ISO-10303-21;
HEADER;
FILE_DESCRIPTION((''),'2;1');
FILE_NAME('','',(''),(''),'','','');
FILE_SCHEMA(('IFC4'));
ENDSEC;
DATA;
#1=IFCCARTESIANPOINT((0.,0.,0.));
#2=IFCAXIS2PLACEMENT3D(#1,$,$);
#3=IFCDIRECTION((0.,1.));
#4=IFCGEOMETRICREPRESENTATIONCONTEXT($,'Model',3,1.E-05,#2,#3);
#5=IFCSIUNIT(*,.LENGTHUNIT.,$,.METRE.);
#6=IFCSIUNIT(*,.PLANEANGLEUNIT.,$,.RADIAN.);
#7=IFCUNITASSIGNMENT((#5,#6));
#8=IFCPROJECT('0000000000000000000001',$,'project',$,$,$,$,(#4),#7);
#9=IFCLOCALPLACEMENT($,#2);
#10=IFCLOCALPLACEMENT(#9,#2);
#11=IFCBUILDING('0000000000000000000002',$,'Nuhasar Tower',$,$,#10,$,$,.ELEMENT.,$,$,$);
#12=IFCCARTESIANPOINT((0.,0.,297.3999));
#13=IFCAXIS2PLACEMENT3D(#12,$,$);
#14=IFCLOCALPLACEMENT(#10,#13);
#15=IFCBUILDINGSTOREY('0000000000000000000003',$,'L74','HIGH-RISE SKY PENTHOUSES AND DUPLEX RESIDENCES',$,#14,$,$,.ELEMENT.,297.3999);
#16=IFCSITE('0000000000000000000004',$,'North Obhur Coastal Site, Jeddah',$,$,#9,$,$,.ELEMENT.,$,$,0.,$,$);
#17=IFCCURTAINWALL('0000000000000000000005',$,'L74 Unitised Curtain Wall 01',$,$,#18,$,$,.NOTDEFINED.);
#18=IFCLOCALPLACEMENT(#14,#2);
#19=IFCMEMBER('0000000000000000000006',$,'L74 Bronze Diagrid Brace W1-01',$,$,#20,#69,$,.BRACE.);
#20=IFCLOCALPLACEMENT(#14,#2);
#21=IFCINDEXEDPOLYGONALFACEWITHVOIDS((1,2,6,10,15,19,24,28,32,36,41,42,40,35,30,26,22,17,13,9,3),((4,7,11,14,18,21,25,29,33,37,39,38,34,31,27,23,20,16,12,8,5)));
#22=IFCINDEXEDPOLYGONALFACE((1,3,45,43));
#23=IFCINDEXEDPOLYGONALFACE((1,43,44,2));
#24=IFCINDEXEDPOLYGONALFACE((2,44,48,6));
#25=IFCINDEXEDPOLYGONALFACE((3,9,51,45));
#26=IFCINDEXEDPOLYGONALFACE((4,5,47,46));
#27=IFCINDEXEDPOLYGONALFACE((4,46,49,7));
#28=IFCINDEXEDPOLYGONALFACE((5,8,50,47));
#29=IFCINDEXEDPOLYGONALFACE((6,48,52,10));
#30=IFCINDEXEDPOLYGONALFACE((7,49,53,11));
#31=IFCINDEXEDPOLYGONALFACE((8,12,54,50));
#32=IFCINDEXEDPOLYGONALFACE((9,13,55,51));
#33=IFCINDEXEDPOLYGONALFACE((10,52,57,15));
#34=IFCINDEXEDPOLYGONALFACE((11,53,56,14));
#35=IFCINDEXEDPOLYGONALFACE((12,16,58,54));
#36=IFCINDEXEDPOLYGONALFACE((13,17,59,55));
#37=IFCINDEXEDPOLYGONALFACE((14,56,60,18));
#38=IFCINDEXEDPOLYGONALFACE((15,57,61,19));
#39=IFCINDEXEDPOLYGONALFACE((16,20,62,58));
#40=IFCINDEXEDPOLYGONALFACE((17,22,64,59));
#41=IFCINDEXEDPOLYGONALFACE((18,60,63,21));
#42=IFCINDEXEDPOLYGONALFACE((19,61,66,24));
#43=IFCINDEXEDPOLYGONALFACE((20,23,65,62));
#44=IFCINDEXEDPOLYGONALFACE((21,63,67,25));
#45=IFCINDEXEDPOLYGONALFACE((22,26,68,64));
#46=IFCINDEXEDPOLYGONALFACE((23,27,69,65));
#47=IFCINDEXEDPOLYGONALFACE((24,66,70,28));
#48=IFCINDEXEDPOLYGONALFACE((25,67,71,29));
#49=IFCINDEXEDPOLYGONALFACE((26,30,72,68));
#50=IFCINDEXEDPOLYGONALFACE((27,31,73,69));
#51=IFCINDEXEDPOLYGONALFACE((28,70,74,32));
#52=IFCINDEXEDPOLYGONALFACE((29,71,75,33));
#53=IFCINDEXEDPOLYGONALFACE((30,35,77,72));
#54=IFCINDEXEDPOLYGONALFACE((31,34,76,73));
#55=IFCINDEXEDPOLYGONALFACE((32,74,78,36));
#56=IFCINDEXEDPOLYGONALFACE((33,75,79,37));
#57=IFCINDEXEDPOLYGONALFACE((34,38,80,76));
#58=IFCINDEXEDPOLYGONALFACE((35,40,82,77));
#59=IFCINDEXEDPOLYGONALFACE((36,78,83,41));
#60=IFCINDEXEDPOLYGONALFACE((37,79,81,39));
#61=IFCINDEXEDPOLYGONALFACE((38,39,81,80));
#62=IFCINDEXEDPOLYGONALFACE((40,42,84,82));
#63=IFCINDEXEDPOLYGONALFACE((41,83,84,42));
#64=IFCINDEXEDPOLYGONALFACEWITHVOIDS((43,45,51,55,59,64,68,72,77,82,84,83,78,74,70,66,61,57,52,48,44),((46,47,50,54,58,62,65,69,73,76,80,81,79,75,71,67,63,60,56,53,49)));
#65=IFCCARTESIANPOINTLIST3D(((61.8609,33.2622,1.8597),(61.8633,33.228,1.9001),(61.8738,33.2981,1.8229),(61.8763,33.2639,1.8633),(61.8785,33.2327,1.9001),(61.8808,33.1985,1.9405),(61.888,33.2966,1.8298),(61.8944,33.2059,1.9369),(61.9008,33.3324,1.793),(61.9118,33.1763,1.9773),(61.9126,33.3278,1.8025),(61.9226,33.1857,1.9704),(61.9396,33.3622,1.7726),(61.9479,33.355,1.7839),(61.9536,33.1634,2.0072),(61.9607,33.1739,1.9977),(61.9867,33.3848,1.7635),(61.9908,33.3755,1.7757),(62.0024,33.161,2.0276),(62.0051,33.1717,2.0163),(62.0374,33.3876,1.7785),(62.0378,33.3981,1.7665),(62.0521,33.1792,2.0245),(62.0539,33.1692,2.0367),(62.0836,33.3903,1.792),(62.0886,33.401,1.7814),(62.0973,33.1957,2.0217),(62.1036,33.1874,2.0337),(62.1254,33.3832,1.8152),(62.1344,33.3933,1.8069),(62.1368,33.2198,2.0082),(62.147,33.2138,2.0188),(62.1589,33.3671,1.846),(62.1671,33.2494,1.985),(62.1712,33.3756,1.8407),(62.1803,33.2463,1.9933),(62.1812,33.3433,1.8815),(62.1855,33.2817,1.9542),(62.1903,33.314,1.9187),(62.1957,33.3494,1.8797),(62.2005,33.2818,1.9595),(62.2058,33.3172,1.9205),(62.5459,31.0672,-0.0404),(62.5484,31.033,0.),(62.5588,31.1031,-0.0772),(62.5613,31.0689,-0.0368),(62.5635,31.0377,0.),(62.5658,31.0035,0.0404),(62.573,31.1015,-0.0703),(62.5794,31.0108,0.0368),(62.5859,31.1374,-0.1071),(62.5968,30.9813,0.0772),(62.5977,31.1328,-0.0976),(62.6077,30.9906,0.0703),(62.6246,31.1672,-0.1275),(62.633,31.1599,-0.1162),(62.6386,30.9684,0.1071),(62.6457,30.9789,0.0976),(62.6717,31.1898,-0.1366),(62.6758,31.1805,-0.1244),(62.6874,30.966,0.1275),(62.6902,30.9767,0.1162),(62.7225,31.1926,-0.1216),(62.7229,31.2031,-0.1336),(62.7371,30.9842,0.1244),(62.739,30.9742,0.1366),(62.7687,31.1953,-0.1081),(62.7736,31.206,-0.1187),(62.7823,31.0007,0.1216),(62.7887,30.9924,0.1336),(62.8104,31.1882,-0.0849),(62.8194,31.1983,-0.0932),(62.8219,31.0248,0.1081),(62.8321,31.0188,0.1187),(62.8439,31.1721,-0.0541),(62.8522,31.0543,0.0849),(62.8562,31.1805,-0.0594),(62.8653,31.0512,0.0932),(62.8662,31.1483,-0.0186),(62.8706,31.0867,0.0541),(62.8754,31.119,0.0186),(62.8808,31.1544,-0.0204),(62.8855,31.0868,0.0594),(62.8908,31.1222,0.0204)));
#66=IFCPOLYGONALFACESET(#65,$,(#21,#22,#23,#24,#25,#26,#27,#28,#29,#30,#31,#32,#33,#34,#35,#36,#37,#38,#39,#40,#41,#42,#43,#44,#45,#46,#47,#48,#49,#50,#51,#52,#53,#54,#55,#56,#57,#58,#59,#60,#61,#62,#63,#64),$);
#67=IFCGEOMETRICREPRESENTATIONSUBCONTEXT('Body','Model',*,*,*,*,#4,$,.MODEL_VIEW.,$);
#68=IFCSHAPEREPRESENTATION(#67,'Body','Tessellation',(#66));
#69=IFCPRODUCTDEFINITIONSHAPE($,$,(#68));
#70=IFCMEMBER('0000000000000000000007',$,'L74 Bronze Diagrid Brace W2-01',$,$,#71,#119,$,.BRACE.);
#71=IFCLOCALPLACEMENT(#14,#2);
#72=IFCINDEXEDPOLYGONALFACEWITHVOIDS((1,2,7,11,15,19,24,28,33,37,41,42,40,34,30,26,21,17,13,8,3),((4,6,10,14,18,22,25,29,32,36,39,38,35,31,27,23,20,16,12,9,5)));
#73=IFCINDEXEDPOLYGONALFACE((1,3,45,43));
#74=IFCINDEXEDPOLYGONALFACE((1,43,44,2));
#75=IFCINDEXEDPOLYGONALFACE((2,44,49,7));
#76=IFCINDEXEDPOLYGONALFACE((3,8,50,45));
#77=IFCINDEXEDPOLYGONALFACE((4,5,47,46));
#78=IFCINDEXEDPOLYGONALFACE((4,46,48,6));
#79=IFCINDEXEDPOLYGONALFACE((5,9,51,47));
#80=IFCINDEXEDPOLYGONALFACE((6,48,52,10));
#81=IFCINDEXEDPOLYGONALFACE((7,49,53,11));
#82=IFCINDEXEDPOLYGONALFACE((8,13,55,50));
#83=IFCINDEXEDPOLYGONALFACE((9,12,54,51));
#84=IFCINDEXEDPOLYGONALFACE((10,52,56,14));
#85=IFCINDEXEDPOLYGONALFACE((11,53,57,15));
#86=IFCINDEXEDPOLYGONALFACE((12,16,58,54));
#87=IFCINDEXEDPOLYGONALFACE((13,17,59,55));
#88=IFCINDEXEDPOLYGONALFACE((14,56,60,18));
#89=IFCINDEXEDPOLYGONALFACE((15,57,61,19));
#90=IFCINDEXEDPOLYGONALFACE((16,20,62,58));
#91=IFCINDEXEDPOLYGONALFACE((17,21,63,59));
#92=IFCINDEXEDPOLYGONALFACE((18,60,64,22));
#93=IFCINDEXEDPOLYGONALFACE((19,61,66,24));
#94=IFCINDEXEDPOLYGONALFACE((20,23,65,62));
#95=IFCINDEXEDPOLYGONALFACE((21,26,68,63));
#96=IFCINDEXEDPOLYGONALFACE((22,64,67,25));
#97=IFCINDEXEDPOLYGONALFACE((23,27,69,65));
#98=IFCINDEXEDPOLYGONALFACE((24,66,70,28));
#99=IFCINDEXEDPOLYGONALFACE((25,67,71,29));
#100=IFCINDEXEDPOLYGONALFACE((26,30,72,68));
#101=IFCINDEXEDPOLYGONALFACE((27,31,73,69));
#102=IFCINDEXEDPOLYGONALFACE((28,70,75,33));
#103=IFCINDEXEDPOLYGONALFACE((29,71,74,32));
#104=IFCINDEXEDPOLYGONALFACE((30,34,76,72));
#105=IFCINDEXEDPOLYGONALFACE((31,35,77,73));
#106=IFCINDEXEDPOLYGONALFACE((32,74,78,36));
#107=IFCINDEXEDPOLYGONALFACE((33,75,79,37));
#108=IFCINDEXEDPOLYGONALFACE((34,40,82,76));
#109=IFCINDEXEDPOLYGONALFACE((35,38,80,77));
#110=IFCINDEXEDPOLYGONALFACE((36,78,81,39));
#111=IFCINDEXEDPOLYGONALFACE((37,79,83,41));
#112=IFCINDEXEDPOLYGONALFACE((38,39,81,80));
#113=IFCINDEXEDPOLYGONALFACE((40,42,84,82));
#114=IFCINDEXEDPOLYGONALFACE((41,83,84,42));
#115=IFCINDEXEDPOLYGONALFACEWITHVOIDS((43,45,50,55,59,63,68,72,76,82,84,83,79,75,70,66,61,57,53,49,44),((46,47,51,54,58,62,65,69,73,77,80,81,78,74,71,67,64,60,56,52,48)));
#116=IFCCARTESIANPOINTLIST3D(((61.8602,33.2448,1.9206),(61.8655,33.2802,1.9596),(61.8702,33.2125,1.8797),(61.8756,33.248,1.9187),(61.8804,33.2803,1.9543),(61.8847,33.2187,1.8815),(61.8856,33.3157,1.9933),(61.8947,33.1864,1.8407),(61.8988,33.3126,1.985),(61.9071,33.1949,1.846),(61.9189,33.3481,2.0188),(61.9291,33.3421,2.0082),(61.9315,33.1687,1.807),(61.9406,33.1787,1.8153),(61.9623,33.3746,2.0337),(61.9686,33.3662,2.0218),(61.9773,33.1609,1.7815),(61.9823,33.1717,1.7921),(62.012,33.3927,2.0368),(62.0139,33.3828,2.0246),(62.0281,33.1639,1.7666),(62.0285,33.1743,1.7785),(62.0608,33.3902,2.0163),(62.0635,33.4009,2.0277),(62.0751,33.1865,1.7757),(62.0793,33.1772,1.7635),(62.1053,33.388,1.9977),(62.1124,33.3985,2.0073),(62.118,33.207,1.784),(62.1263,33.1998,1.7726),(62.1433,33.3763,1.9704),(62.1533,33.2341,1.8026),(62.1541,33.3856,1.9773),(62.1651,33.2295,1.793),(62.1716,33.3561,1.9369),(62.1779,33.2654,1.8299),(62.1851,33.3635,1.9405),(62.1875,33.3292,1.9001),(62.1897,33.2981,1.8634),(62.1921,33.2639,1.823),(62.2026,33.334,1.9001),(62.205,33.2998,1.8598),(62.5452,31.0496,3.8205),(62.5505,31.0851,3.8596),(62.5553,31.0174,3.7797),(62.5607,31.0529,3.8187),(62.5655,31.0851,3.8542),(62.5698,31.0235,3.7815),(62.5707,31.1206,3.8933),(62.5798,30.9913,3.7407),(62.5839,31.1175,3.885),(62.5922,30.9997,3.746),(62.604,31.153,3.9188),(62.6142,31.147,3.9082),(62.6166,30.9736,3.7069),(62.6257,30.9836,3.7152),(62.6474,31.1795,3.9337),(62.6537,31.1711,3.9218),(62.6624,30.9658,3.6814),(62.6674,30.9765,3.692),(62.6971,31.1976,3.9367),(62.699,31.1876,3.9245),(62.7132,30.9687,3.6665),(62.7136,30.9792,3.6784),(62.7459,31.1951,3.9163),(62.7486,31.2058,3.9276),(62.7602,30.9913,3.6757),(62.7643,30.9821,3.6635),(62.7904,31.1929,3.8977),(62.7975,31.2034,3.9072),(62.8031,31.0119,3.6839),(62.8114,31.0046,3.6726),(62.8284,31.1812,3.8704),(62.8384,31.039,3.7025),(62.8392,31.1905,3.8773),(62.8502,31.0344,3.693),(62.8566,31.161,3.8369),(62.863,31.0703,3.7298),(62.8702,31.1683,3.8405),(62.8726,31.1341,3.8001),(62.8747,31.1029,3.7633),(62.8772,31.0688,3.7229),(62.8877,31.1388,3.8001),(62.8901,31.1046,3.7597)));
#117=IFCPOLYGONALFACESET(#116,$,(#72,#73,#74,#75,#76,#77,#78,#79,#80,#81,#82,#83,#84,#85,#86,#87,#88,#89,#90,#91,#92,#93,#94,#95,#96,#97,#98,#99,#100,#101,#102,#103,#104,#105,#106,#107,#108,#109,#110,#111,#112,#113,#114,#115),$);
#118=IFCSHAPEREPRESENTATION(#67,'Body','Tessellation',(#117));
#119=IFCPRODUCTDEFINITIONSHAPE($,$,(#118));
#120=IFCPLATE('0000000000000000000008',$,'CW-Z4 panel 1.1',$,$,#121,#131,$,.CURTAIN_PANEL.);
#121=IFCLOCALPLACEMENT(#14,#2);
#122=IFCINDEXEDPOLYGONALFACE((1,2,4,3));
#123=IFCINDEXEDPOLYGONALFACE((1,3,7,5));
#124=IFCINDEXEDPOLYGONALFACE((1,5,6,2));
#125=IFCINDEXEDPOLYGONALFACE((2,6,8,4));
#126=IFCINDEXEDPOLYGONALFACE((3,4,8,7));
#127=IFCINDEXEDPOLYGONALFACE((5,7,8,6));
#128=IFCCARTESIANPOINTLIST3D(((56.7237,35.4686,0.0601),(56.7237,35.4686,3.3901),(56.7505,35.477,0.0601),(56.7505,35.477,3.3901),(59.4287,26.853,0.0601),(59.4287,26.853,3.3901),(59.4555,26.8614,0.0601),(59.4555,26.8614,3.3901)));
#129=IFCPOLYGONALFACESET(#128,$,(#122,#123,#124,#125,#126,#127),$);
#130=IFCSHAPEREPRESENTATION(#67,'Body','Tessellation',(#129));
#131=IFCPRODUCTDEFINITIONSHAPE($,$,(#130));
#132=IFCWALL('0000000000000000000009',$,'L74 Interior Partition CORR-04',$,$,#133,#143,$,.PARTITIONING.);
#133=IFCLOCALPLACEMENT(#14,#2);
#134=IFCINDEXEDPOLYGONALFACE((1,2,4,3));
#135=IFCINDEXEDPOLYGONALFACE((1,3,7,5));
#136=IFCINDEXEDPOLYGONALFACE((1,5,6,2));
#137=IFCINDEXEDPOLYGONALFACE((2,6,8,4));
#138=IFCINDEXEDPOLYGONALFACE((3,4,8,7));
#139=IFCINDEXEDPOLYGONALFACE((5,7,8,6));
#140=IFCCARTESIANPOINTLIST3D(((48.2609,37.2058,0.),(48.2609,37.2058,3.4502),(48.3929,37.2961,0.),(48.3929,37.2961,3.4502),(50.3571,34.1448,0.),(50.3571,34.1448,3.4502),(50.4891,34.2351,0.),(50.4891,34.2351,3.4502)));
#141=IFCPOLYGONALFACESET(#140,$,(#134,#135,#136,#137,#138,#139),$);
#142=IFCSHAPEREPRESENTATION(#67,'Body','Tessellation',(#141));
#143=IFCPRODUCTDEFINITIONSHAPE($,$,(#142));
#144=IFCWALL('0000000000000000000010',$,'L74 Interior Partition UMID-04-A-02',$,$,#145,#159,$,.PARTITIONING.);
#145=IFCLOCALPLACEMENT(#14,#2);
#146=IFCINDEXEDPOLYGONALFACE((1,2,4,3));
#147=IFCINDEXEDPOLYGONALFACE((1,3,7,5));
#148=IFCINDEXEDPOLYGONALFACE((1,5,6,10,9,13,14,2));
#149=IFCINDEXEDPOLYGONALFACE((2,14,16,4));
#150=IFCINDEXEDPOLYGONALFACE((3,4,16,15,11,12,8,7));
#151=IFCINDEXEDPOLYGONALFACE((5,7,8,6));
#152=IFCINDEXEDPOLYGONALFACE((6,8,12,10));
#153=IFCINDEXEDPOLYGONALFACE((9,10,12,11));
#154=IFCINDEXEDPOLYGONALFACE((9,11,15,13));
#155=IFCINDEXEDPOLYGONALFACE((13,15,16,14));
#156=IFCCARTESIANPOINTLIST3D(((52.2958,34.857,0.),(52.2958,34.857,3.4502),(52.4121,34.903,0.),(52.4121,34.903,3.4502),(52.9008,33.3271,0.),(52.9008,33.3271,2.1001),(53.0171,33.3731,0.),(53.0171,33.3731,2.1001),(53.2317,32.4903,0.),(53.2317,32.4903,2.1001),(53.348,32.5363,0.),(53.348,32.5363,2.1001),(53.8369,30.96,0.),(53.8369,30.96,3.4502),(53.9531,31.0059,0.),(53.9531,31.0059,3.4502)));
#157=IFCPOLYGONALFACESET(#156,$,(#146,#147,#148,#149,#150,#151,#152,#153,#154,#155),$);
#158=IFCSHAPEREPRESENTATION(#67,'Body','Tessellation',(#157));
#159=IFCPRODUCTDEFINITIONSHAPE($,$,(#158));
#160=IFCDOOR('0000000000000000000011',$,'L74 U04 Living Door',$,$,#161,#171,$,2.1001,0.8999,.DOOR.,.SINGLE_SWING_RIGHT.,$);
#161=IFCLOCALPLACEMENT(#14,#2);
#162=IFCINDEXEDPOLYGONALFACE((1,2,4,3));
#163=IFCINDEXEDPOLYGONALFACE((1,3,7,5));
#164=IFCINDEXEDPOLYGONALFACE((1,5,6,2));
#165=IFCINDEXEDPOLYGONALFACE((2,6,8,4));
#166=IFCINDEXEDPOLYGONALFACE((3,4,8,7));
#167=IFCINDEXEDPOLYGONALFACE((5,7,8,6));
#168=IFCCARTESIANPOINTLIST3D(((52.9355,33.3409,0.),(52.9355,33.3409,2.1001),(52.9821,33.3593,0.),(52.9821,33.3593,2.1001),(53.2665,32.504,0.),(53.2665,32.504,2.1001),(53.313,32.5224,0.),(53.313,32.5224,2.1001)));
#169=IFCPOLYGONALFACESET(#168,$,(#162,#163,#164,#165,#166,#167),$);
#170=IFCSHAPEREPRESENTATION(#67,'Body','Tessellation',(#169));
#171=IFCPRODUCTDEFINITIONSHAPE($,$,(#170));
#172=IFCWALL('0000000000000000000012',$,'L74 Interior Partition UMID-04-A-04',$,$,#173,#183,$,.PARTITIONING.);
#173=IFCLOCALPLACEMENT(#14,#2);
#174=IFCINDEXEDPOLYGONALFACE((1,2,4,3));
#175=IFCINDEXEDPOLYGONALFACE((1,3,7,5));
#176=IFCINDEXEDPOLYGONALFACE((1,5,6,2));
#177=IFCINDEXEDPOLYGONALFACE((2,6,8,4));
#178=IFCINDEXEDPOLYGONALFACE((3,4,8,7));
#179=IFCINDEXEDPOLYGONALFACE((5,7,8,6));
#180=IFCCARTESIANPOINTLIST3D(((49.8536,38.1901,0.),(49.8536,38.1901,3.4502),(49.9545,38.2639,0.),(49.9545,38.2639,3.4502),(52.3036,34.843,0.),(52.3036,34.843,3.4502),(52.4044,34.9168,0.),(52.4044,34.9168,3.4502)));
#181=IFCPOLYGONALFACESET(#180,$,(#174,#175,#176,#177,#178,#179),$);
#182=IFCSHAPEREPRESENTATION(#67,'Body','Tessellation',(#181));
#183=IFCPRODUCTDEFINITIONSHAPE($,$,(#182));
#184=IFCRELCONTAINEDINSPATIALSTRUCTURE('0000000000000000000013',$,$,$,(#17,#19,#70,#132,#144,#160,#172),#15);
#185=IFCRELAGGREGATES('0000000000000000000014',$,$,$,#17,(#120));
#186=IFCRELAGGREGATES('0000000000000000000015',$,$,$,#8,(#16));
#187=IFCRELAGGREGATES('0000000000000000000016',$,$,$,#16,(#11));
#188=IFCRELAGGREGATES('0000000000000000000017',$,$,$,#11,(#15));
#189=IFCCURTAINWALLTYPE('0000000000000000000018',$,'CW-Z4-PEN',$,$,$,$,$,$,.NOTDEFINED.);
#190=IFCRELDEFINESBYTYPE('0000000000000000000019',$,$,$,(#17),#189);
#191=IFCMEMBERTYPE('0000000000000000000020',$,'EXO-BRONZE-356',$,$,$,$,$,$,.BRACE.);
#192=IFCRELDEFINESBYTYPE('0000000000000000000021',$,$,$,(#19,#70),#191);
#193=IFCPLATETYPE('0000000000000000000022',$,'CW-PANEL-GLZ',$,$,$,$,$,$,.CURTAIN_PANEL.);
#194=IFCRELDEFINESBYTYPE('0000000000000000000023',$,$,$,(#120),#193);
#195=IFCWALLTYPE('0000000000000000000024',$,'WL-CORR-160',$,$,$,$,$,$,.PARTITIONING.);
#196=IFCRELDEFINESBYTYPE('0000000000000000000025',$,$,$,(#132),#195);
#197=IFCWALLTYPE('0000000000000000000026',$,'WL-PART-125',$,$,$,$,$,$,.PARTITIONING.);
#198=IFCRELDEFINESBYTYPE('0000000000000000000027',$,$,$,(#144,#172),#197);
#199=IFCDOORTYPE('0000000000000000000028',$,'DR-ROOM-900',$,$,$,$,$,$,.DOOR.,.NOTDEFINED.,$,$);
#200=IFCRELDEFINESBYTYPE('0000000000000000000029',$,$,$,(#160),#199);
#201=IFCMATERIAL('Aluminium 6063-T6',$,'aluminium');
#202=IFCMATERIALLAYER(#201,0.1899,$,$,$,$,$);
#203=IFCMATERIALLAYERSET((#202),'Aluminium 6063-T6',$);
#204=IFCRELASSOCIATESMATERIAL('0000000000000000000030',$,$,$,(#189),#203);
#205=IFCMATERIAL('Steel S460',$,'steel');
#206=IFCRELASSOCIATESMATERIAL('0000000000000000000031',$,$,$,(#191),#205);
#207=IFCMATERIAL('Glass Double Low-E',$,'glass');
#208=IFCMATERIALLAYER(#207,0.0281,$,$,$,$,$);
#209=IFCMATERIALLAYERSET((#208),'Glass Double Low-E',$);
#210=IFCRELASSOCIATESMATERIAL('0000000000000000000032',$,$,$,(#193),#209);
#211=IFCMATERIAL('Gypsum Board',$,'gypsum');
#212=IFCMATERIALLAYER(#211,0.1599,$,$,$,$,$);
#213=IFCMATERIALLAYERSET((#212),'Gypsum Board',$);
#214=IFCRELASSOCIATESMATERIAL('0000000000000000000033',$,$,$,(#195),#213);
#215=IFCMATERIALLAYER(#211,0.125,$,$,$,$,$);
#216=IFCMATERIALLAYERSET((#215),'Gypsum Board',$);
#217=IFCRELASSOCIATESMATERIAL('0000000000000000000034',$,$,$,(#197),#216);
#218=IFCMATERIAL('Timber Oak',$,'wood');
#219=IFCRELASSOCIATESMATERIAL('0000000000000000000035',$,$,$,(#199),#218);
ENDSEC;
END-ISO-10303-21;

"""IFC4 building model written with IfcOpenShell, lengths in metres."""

from ifc_helpers import new_model, si_unit, direction, frame, frame_2d, origin, origin_2d, place, context, subcontext, project, spatial, rectangle, hollow_circle, extrude, material, layer, layer_set, material_profile, profile_set, type_object, element, fill, aggregate, save


model = new_model("IFC4")

# Units and contexts
model_context = context("Model", 3, precision=1e-05, world=origin(), true_north=direction((0.0, 1.0)))
body_context = subcontext(model_context, "Body", "Model", "MODEL_VIEW")
ifc_project = project(units=[si_unit("LENGTHUNIT", "METRE"), si_unit("PLANEANGLEUNIT", "RADIAN")], contexts=[model_context])

# Site, building, storey
site_placement = place(None, origin())
site = spatial("IfcSite", under=ifc_project, at=site_placement, Name="North Obhur Coastal Site, Jeddah", CompositionType="ELEMENT", RefElevation=0.0)
building_placement = place(site_placement, origin())
building = spatial("IfcBuilding", under=site, at=building_placement, Name="Nuhasar Tower", CompositionType="ELEMENT")
storey_placement = place(building_placement, frame((0.0, 0.0, 297.3999)))
storey = spatial("IfcBuildingStorey", under=building, at=storey_placement, Name="L74", Description="HIGH-RISE SKY PENTHOUSES AND DUPLEX RESIDENCES", CompositionType="ELEMENT", Elevation=297.3999)

# Curtain wall
ifc_material_1 = material(Name="Aluminium 6063-T6", Category="aluminium")
ifc_layer_1 = layer(ifc_material_1, 0.1899)
ifc_layer_set_1 = layer_set([ifc_layer_1], Name="Aluminium 6063-T6")
curtain_wall_type = type_object("IfcCurtainWallType", Name="CW-Z4-PEN", PredefinedType="NOTDEFINED", material=ifc_layer_set_1)
curtain_wall_placement = place(storey_placement, origin())
curtain_wall = element("IfcCurtainWall", 1, at=curtain_wall_placement, inside=storey, type_object=curtain_wall_type, Name="L74 Unitised Curtain Wall 01", PredefinedType="NOTDEFINED")

# Members
ifc_material_2 = material(Name="Steel S460", Category="steel")
ifc_material_profile_1 = material_profile(ifc_material_2, hollow_circle(Radius=0.1777, WallThickness=0.0159, at=origin_2d()), Name="HSS355.6X15.9")
ifc_profile_set_1 = profile_set([ifc_material_profile_1], Name="Steel S460")
member_type_1 = type_object("IfcMemberType", Name="EXO-BRONZE-356", PredefinedType="BRACE", material=ifc_profile_set_1)
for number, where, z_axis, x_axis, name in (
    (2, (62.718, 31.0859, 0.0), (-0.229656, 0.735864, 0.636995), (-0.954591, -0.297918, 0.0), "L74 Bronze Diagrid Brace W1-01"),
    (3, (62.033, 33.281, 1.9001), (0.229668, -0.735902, 0.636947), (0.954591, 0.297918, 0.0), "L74 Bronze Diagrid Brace W2-01"),
):
    element("IfcMember", number, at=place(storey_placement, frame(where, z_axis=z_axis, x_axis=x_axis)), inside=storey, type_object=member_type_1, Name=name, PredefinedType="BRACE", context=body_context, shape_type="SweptSolid", body=[
        extrude(hollow_circle(Radius=0.1777, WallThickness=0.0159, at=origin_2d()), origin(), (0.0, 0.0, 1.0), 2.9829),
    ])

# Plate
ifc_material_3 = material(Name="Glass Double Low-E", Category="glass")
ifc_layer_2 = layer(ifc_material_3, 0.0281)
ifc_layer_set_2 = layer_set([ifc_layer_2], Name="Glass Double Low-E")
plate_type = type_object("IfcPlateType", Name="CW-PANEL-GLZ", PredefinedType="CURTAIN_PANEL", material=ifc_layer_set_2)
plate_placement = place(storey_placement, frame((58.0896, 31.165, 0.0601), z_axis=(0.0, 0.0, 1.0), x_axis=(-0.299557, 0.954079, 0.0)))
plate = element("IfcPlate", 4, at=plate_placement, type_object=plate_type, Name="CW-Z4 panel 1.1", PredefinedType="CURTAIN_PANEL", context=body_context, shape_type="SweptSolid", body=[
    extrude(rectangle(XDim=9.0303, YDim=0.0281, at=origin_2d()), origin(), (0.0, 0.0, 1.0), 3.3301),
])
aggregate(curtain_wall, [plate])

# Shared definitions
ifc_material_4 = material(Name="Gypsum Board", Category="gypsum")
ifc_layer_3 = layer(ifc_material_4, 0.1599)
ifc_layer_set_3 = layer_set([ifc_layer_3], Name="Gypsum Board")
wall_type_1 = type_object("IfcWallType", Name="WL-CORR-160", PredefinedType="PARTITIONING", material=ifc_layer_set_3)
ifc_material_5 = material(Name="Timber Oak", Category="wood")

# Wall
wall_1_placement = place(storey_placement, frame((50.4231, 34.1899, 0.0), z_axis=(0.0, 0.0, 1.0), x_axis=(-0.565014, 0.825081, 0.0)))
element("IfcWall", 5, at=wall_1_placement, inside=storey, type_object=wall_type_1, Name="L74 Interior Partition CORR-04", PredefinedType="PARTITIONING", context=body_context, shape_type="SweptSolid", body=[
    extrude(rectangle(XDim=3.71, YDim=0.1599, at=frame_2d((1.855, 0.0))), origin(), (0.0, 0.0, 1.0), 3.4502),
])

# Wall, opening, door
ifc_layer_4 = layer(ifc_material_4, 0.125)
ifc_layer_set_4 = layer_set([ifc_layer_4], Name="Gypsum Board")
wall_type_2 = type_object("IfcWallType", Name="WL-PART-125", PredefinedType="PARTITIONING", material=ifc_layer_set_4)
wall_2_placement = place(storey_placement, frame((52.354, 34.8799, 0.0), z_axis=(0.0, 0.0, 1.0), x_axis=(0.367732, -0.929932, 0.0)))
wall_2 = element("IfcWall", 6, at=wall_2_placement, inside=storey, type_object=wall_type_2, Name="L74 Interior Partition UMID-04-A-02", PredefinedType="PARTITIONING", context=body_context, shape_type="SweptSolid", body=[
    extrude(rectangle(XDim=4.1907, YDim=0.125, at=frame_2d((2.0952, 0.0))), origin(), (0.0, 0.0, 1.0), 3.4502),
])
opening_1_placement = place(wall_2_placement, frame((1.645, 0.0, 0.0)))
opening_1 = element("IfcOpeningElement", 7, at=opening_1_placement, cuts=wall_2, PredefinedType="OPENING", context=body_context, shape_type="SweptSolid", body=[
    extrude(rectangle(XDim=0.8999, YDim=2.1001, at=frame_2d((0.45, 1.05))), frame((0.0, 0.0725, 0.0), z_axis=(0.0, -1.0, 0.0), x_axis=(1.0, 0.0, 0.0)), (0.0, 0.0, 1.0), 0.145),
])
door_type_1 = type_object("IfcDoorType", Name="DR-ROOM-900", OperationType="NOTDEFINED", PredefinedType="DOOR", material=ifc_material_5)
door_1_placement = place(opening_1_placement, origin())
door_1 = element("IfcDoor", 8, at=door_1_placement, inside=storey, type_object=door_type_1, Name="L74 U04 Living Door", OperationType="SINGLE_SWING_RIGHT", OverallHeight=2.1001, OverallWidth=0.8999, PredefinedType="DOOR", context=body_context, shape_type="SweptSolid", body=[
    extrude(rectangle(XDim=0.8999, YDim=2.1001, at=frame_2d((0.45, 1.05))), frame((0.0, 0.0249, 0.0), z_axis=(0.0, -1.0, 0.0), x_axis=(1.0, 0.0, 0.0)), (0.0, 0.0, 1.0), 0.05),
])
fill(opening_1, door_1)

# Wall
wall_3_placement = place(storey_placement, frame((52.354, 34.8799, 0.0), z_axis=(0.0, 0.0, 1.0), x_axis=(-0.590636, 0.806938, 0.0)))
element("IfcWall", 9, at=wall_3_placement, inside=storey, type_object=wall_type_2, Name="L74 Interior Partition UMID-04-A-04", PredefinedType="PARTITIONING", context=body_context, shape_type="SweptSolid", body=[
    extrude(rectangle(XDim=4.1479, YDim=0.125, at=frame_2d((2.074, 0.0))), origin(), (0.0, 0.0, 1.0), 3.4502),
])

save(model, "model.ifc")
